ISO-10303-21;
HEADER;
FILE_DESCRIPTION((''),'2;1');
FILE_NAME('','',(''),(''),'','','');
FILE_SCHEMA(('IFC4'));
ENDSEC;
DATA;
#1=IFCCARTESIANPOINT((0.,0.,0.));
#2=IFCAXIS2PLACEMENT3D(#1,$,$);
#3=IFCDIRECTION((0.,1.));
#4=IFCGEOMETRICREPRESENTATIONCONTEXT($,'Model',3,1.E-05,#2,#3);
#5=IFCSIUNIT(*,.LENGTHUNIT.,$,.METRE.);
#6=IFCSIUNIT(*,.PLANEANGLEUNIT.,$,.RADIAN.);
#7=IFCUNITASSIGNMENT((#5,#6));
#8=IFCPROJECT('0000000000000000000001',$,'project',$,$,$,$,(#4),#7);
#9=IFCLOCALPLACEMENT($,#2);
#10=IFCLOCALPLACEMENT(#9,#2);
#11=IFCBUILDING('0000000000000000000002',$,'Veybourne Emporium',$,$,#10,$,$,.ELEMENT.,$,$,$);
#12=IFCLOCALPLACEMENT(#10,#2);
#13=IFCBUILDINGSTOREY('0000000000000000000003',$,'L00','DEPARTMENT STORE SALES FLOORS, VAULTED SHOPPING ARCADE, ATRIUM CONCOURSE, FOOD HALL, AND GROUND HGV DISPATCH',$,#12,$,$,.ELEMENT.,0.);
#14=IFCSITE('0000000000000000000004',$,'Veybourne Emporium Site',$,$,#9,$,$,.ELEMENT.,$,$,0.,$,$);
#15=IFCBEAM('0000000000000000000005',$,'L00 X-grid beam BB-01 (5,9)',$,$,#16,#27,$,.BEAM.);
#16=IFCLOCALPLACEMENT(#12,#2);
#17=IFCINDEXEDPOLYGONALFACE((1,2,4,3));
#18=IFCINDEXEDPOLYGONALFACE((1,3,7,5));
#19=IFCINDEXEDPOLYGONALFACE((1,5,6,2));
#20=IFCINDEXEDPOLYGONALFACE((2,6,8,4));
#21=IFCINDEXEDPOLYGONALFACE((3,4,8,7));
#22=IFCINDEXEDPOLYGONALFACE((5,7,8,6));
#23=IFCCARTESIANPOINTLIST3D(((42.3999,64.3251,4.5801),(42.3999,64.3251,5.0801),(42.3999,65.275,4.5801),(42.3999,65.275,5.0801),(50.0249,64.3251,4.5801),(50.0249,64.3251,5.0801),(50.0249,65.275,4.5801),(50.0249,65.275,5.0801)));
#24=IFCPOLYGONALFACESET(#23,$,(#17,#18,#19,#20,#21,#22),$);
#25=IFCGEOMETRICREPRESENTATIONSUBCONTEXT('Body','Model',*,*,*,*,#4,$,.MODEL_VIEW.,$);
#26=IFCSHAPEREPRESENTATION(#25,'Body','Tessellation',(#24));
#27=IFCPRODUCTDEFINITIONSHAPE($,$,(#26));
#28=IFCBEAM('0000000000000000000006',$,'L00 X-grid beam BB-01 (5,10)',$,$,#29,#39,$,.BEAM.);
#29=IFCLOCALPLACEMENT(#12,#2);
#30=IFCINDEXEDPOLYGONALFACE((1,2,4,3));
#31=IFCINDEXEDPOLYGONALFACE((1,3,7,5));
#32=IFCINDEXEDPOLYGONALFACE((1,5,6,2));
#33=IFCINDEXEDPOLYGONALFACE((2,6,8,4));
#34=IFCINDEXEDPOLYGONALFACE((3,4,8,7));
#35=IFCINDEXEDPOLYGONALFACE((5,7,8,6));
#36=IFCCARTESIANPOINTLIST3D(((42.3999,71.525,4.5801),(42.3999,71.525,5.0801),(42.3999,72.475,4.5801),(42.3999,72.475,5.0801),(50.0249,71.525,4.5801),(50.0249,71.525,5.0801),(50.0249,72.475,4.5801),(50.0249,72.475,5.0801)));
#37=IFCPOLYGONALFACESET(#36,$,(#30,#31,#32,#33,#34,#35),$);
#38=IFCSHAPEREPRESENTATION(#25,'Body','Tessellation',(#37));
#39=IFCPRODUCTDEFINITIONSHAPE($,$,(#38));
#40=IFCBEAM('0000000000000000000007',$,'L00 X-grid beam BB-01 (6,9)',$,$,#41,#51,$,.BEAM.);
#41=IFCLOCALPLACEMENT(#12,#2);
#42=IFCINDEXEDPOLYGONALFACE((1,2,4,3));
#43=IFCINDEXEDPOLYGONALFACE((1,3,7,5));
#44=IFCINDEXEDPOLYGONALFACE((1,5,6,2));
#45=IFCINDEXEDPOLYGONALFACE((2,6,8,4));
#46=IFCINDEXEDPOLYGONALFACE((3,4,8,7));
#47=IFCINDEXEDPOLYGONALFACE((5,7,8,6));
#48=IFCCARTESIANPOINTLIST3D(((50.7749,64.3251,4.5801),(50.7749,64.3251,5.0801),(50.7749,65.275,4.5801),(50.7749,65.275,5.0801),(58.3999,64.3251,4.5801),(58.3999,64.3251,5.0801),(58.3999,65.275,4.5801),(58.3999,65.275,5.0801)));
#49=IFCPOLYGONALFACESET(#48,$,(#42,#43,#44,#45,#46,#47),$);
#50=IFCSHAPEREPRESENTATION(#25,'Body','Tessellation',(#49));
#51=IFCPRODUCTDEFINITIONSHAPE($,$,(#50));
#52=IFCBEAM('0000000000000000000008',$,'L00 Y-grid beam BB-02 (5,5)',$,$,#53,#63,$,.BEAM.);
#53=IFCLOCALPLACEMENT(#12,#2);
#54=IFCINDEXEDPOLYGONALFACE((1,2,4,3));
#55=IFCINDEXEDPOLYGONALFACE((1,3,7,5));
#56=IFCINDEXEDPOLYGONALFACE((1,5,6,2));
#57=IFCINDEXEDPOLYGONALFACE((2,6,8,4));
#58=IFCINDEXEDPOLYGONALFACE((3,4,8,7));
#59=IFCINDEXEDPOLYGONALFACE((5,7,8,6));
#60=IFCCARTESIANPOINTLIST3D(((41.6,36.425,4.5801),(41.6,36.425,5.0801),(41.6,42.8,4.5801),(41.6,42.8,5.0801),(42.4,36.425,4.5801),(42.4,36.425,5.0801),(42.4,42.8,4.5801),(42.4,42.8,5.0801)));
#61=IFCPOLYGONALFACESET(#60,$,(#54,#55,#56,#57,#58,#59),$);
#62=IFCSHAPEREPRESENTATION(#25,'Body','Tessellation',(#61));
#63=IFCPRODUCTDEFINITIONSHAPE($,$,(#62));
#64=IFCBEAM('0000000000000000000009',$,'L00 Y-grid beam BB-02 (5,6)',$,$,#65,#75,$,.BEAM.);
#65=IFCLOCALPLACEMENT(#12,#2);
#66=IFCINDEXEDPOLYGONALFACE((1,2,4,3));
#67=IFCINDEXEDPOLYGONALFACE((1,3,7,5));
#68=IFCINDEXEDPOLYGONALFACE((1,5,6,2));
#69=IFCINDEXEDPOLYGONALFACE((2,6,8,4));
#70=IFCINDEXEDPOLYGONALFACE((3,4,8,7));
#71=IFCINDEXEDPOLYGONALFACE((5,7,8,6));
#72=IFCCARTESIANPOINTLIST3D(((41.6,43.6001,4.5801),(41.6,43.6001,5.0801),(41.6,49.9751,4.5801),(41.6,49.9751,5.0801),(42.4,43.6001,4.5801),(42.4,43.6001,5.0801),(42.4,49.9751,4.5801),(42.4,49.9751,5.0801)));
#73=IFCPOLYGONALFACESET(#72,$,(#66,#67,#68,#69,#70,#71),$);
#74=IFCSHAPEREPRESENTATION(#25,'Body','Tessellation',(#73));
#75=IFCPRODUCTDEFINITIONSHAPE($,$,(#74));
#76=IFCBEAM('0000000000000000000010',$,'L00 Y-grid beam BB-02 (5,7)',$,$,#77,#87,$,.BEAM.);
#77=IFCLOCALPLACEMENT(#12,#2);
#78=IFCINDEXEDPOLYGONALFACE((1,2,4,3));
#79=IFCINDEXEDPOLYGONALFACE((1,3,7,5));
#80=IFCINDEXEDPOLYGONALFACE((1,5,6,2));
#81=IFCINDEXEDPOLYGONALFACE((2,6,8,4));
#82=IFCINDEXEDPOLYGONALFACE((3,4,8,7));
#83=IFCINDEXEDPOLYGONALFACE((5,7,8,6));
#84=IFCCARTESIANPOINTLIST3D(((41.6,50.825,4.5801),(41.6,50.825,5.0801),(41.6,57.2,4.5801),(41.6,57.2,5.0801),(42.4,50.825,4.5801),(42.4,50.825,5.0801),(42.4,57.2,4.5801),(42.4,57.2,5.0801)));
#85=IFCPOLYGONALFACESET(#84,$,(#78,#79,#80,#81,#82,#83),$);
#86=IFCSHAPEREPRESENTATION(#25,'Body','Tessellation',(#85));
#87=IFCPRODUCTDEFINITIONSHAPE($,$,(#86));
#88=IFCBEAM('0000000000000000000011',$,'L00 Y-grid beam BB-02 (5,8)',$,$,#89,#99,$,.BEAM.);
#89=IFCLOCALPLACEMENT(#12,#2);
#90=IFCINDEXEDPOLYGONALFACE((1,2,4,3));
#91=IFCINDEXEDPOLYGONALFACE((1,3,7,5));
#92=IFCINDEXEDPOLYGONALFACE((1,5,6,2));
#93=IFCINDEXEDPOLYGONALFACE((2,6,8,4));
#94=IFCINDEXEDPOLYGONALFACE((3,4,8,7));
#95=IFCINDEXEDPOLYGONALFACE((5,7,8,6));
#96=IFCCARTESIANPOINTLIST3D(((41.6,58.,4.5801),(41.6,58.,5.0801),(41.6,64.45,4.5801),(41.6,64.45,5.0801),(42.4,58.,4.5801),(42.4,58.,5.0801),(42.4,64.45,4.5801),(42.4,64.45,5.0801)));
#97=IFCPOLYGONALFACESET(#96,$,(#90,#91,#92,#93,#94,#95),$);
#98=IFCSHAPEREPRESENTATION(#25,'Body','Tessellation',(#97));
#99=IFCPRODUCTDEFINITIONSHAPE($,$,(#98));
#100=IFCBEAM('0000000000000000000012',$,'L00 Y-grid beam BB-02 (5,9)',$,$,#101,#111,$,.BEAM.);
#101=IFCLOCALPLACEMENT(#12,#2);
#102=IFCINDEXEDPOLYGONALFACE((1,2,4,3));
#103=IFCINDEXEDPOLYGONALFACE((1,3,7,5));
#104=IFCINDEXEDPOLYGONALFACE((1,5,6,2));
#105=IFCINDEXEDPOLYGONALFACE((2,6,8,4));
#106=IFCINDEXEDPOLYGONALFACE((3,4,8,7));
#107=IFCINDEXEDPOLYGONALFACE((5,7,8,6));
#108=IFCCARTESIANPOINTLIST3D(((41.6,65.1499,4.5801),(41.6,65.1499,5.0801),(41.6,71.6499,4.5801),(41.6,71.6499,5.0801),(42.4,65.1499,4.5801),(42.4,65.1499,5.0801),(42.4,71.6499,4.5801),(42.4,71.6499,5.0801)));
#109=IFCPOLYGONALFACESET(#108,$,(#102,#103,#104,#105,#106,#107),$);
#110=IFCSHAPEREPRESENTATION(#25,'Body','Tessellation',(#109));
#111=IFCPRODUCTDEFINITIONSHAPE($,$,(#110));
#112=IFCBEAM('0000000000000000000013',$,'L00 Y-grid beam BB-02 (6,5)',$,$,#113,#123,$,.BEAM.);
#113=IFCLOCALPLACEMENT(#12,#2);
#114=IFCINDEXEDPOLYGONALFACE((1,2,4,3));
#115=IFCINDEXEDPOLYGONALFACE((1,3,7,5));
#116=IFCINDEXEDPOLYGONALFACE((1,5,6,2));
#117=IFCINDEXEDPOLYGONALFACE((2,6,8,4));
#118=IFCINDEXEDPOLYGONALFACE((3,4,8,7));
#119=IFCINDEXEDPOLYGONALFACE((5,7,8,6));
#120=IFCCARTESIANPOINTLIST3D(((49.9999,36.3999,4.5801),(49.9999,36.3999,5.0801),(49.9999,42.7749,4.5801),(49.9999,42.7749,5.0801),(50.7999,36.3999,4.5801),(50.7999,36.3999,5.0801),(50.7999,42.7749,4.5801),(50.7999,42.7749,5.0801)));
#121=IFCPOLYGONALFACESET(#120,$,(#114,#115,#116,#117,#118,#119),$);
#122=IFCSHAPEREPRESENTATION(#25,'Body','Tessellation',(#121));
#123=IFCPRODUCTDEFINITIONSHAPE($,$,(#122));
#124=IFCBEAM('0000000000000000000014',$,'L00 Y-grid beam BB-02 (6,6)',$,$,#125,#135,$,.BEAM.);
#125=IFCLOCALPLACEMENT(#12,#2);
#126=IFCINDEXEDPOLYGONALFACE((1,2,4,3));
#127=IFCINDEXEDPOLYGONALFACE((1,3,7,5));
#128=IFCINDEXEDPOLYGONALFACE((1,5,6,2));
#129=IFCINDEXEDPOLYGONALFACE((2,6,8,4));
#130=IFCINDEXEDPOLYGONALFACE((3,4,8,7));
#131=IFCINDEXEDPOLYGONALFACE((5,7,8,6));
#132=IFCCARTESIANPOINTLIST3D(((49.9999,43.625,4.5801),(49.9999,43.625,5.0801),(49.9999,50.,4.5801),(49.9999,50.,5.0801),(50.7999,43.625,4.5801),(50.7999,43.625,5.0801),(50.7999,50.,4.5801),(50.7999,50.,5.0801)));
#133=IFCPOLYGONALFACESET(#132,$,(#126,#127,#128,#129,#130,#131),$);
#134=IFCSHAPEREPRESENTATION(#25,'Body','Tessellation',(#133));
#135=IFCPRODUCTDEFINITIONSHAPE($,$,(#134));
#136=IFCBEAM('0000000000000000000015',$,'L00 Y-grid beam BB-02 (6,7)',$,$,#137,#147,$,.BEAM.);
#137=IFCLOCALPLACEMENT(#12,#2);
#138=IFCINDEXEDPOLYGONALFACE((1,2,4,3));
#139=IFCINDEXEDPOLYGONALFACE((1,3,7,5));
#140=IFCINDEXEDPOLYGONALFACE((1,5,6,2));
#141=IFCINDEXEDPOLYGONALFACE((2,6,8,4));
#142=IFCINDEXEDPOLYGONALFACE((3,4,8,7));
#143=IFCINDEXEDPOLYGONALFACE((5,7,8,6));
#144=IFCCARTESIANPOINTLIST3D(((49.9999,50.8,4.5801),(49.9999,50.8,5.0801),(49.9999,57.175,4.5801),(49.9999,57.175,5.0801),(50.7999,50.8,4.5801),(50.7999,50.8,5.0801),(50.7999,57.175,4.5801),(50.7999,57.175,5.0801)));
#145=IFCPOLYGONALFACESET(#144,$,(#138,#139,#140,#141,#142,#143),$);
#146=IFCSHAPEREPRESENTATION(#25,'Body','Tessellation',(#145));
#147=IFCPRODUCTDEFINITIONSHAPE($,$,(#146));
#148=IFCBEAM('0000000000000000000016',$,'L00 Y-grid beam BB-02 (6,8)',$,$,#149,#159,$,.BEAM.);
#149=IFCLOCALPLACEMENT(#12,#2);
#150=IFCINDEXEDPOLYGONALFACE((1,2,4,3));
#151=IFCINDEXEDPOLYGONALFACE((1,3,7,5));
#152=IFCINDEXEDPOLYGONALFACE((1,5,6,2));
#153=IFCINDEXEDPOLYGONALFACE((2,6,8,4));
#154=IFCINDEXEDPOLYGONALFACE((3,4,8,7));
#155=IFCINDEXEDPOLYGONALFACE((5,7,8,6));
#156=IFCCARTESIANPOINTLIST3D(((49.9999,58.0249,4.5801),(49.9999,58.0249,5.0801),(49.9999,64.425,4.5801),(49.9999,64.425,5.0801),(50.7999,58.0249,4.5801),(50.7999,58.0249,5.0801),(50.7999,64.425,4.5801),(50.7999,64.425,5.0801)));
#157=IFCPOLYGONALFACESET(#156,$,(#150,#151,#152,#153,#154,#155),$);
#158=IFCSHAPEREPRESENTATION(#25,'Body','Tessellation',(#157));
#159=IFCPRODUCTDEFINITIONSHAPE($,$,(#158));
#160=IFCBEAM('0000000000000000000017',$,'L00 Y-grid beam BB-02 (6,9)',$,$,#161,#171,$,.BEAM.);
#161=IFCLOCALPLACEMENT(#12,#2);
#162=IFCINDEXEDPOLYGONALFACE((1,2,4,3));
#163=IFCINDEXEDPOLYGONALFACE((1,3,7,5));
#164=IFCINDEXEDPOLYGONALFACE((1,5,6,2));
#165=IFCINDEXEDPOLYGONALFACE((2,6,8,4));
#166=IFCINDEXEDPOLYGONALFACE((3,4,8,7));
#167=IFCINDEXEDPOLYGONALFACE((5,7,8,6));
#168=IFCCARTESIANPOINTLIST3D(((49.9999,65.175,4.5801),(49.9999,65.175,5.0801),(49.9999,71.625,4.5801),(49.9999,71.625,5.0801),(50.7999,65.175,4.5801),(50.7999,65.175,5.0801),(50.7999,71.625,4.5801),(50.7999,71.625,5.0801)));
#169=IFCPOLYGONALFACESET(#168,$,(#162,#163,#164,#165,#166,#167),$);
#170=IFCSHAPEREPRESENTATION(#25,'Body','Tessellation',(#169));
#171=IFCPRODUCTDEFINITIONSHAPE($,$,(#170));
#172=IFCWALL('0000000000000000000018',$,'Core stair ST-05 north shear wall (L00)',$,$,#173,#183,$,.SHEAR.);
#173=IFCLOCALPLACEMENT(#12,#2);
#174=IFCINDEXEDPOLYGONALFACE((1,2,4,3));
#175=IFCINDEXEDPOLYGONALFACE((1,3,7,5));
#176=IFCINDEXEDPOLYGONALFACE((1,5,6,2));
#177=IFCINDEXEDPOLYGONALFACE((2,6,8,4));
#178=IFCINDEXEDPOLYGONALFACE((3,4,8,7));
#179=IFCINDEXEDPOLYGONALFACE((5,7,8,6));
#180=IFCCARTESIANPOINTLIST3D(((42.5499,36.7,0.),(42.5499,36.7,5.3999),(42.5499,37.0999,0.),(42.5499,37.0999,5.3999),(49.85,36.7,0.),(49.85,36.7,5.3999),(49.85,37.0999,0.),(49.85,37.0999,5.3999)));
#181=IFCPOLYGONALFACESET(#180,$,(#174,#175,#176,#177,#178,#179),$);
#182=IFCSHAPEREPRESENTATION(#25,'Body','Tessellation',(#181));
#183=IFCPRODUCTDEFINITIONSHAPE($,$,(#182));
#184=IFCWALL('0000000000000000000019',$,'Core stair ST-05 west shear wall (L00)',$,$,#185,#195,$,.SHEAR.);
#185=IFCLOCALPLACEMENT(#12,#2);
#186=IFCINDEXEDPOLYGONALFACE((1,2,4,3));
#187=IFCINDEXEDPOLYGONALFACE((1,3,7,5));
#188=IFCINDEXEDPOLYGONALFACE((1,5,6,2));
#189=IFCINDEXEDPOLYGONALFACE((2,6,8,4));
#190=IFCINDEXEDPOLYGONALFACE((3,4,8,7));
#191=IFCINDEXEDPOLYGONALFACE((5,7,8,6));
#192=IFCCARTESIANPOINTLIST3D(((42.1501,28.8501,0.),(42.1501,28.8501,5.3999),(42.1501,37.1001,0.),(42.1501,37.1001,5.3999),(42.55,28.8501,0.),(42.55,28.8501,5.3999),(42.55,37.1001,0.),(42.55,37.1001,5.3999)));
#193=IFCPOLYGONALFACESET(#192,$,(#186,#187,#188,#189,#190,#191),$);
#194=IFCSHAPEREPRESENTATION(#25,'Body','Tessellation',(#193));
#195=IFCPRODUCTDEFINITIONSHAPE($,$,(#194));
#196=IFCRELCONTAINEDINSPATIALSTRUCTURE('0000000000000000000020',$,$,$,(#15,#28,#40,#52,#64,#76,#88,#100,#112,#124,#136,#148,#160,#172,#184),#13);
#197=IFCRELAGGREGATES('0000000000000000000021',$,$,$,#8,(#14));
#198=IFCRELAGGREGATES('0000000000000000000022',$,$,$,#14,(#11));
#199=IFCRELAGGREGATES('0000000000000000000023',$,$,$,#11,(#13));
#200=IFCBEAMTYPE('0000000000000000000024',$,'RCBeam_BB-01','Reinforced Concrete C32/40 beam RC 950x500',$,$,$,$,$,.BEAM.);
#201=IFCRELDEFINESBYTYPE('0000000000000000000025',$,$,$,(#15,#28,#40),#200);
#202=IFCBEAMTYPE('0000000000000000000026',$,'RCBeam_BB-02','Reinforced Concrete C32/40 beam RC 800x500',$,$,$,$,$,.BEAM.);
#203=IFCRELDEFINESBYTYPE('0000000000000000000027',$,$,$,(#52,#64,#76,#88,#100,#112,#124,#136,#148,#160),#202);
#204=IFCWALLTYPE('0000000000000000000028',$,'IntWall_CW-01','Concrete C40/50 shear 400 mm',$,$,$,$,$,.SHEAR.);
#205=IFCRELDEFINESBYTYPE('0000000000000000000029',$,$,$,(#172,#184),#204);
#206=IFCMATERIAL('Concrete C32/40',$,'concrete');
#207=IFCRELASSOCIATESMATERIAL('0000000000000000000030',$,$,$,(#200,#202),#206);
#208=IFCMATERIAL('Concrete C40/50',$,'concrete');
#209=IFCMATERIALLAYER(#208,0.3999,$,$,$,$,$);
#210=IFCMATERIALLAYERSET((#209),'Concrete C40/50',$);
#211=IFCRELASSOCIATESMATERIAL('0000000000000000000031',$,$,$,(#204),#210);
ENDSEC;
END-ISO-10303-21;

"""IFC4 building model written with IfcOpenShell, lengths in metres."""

from ifc_helpers import new_model, si_unit, direction, frame, frame_2d, origin, origin_2d, place, context, subcontext, project, spatial, rectangle, extrude, material, layer, layer_set, material_profile, profile_set, type_object, element, save


model = new_model("IFC4")

# Units and contexts
model_context = context("Model", 3, precision=1e-05, world=origin(), true_north=direction((0.0, 1.0)))
body_context = subcontext(model_context, "Body", "Model", "MODEL_VIEW")
ifc_project = project(units=[si_unit("LENGTHUNIT", "METRE"), si_unit("PLANEANGLEUNIT", "RADIAN")], contexts=[model_context])

# Site, building, storey
site_placement = place(None, origin())
site = spatial("IfcSite", under=ifc_project, at=site_placement, Name="Veybourne Emporium Site", CompositionType="ELEMENT", RefElevation=0.0)
building_placement = place(site_placement, origin())
building = spatial("IfcBuilding", under=site, at=building_placement, Name="Veybourne Emporium", CompositionType="ELEMENT")
storey_placement = place(building_placement, origin())
storey = spatial("IfcBuildingStorey", under=building, at=storey_placement, Name="L00", Description="DEPARTMENT STORE SALES FLOORS, VAULTED SHOPPING ARCADE, ATRIUM CONCOURSE, FOOD HALL, AND GROUND HGV DISPATCH", CompositionType="ELEMENT", Elevation=0.0)

# Shared definitions
ifc_material_1 = material(Name="Concrete C40/50", Category="concrete")

# Beams
ifc_material_2 = material(Name="Concrete C32/40", Category="concrete")
ifc_material_profile_1 = material_profile(ifc_material_2, rectangle(XDim=0.95, YDim=0.5, at=origin_2d()), Name="RC 950x500")
ifc_profile_set_1 = profile_set([ifc_material_profile_1], Name="Concrete C32/40")
beam_type_1 = type_object("IfcBeamType", Name="RCBeam_BB-01", Description="Reinforced Concrete C32/40 beam RC 950x500", PredefinedType="BEAM", material=ifc_profile_set_1)
for number, where, z_axis, x_axis, name in (
    (1, (42.3999, 64.8, 4.8301), (1.0, 0.0, 0.0), (0.0, 1.0, 0.0), "L00 X-grid beam BB-01 (5,9)"),
    (2, (42.3999, 72.0, 4.8301), (1.0, 0.0, 0.0), (0.0, 1.0, 0.0), "L00 X-grid beam BB-01 (5,10)"),
    (3, (50.7749, 64.8, 4.8301), (1.0, 0.0, 0.0), (0.0, 1.0, 0.0), "L00 X-grid beam BB-01 (6,9)"),
):
    element("IfcBeam", number, at=place(storey_placement, frame(where, z_axis=z_axis, x_axis=x_axis)), inside=storey, type_object=beam_type_1, Name=name, PredefinedType="BEAM", context=body_context, shape_type="SweptSolid", body=[
        extrude(rectangle(XDim=0.95, YDim=0.5, at=origin_2d()), origin(), (0.0, 0.0, 1.0), 7.625),
    ])
ifc_material_profile_2 = material_profile(ifc_material_2, rectangle(XDim=0.8, YDim=0.5, at=origin_2d()), Name="RC 800x500")
ifc_profile_set_2 = profile_set([ifc_material_profile_2], Name="Concrete C32/40")
beam_type_2 = type_object("IfcBeamType", Name="RCBeam_BB-02", Description="Reinforced Concrete C32/40 beam RC 800x500", PredefinedType="BEAM", material=ifc_profile_set_2)
for number, where, z_axis, x_axis, name in (
    (4, (42.0, 36.425, 4.8301), (0.0, 1.0, 0.0), (-1.0, 0.0, 0.0), "L00 Y-grid beam BB-02 (5,5)"),
    (5, (42.0, 43.6001, 4.8301), (0.0, 1.0, 0.0), (-1.0, 0.0, 0.0), "L00 Y-grid beam BB-02 (5,6)"),
    (6, (42.0, 50.825, 4.8301), (0.0, 1.0, 0.0), (-1.0, 0.0, 0.0), "L00 Y-grid beam BB-02 (5,7)"),
):
    element("IfcBeam", number, at=place(storey_placement, frame(where, z_axis=z_axis, x_axis=x_axis)), inside=storey, type_object=beam_type_2, Name=name, PredefinedType="BEAM", context=body_context, shape_type="SweptSolid", body=[
        extrude(rectangle(XDim=0.8, YDim=0.5, at=origin_2d()), origin(), (0.0, 0.0, 1.0), 6.375),
    ])
beam_1_placement = place(storey_placement, frame((42.0, 58.0, 4.8301), z_axis=(0.0, 1.0, 0.0), x_axis=(-1.0, 0.0, 0.0)))
element("IfcBeam", 7, at=beam_1_placement, inside=storey, type_object=beam_type_2, Name="L00 Y-grid beam BB-02 (5,8)", PredefinedType="BEAM", context=body_context, shape_type="SweptSolid", body=[
    extrude(rectangle(XDim=0.8, YDim=0.5, at=origin_2d()), origin(), (0.0, 0.0, 1.0), 6.45),
])
beam_2_placement = place(storey_placement, frame((42.0, 65.1499, 4.8301), z_axis=(0.0, 1.0, 0.0), x_axis=(-1.0, 0.0, 0.0)))
element("IfcBeam", 8, at=beam_2_placement, inside=storey, type_object=beam_type_2, Name="L00 Y-grid beam BB-02 (5,9)", PredefinedType="BEAM", context=body_context, shape_type="SweptSolid", body=[
    extrude(rectangle(XDim=0.8, YDim=0.5, at=origin_2d()), origin(), (0.0, 0.0, 1.0), 6.5),
])
for number, where, z_axis, x_axis, name in (
    (9, (50.3999, 36.3999, 4.8301), (0.0, 1.0, 0.0), (-1.0, 0.0, 0.0), "L00 Y-grid beam BB-02 (6,5)"),
    (10, (50.3999, 43.625, 4.8301), (0.0, 1.0, 0.0), (-1.0, 0.0, 0.0), "L00 Y-grid beam BB-02 (6,6)"),
    (11, (50.3999, 50.8, 4.8301), (0.0, 1.0, 0.0), (-1.0, 0.0, 0.0), "L00 Y-grid beam BB-02 (6,7)"),
):
    element("IfcBeam", number, at=place(storey_placement, frame(where, z_axis=z_axis, x_axis=x_axis)), inside=storey, type_object=beam_type_2, Name=name, PredefinedType="BEAM", context=body_context, shape_type="SweptSolid", body=[
        extrude(rectangle(XDim=0.8, YDim=0.5, at=origin_2d()), origin(), (0.0, 0.0, 1.0), 6.375),
    ])
beam_3_placement = place(storey_placement, frame((50.3999, 58.0249, 4.8301), z_axis=(0.0, 1.0, 0.0), x_axis=(-1.0, 0.0, 0.0)))
element("IfcBeam", 12, at=beam_3_placement, inside=storey, type_object=beam_type_2, Name="L00 Y-grid beam BB-02 (6,8)", PredefinedType="BEAM", context=body_context, shape_type="SweptSolid", body=[
    extrude(rectangle(XDim=0.8, YDim=0.5, at=origin_2d()), origin(), (0.0, 0.0, 1.0), 6.4001),
])
beam_4_placement = place(storey_placement, frame((50.3999, 65.175, 4.8301), z_axis=(0.0, 1.0, 0.0), x_axis=(-1.0, 0.0, 0.0)))
element("IfcBeam", 13, at=beam_4_placement, inside=storey, type_object=beam_type_2, Name="L00 Y-grid beam BB-02 (6,9)", PredefinedType="BEAM", context=body_context, shape_type="SweptSolid", body=[
    extrude(rectangle(XDim=0.8, YDim=0.5, at=origin_2d()), origin(), (0.0, 0.0, 1.0), 6.45),
])

# Walls
ifc_layer_1 = layer(ifc_material_1, 0.3999)
ifc_layer_set_1 = layer_set([ifc_layer_1], Name="Concrete C40/50")
wall_type_1 = type_object("IfcWallType", Name="IntWall_CW-01", Description="Concrete C40/50 shear 400 mm", PredefinedType="SHEAR", material=ifc_layer_set_1)
wall_1_placement = place(storey_placement, frame((42.55, 36.8999, 0.0), z_axis=(0.0, 0.0, 1.0), x_axis=(1.0, 0.0, 0.0)))
element("IfcWall", 14, at=wall_1_placement, inside=storey, type_object=wall_type_1, Name="Core stair ST-05 north shear wall (L00)", PredefinedType="SHEAR", context=body_context, shape_type="SweptSolid", body=[
    extrude(rectangle(XDim=7.3, YDim=0.3999, at=frame_2d((3.6499, 0.0))), origin(), (0.0, 0.0, 1.0), 5.3999),
])
wall_2_placement = place(storey_placement, frame((42.3501, 37.1001, 0.0), z_axis=(0.0, 0.0, 1.0), x_axis=(0.0, -1.0, 0.0)))
element("IfcWall", 15, at=wall_2_placement, inside=storey, type_object=wall_type_1, Name="Core stair ST-05 west shear wall (L00)", PredefinedType="SHEAR", context=body_context, shape_type="SweptSolid", body=[
    extrude(rectangle(XDim=8.25, YDim=0.3999, at=frame_2d((4.125, 0.0))), origin(), (0.0, 0.0, 1.0), 5.3999),
])

save(model, "model.ifc")
